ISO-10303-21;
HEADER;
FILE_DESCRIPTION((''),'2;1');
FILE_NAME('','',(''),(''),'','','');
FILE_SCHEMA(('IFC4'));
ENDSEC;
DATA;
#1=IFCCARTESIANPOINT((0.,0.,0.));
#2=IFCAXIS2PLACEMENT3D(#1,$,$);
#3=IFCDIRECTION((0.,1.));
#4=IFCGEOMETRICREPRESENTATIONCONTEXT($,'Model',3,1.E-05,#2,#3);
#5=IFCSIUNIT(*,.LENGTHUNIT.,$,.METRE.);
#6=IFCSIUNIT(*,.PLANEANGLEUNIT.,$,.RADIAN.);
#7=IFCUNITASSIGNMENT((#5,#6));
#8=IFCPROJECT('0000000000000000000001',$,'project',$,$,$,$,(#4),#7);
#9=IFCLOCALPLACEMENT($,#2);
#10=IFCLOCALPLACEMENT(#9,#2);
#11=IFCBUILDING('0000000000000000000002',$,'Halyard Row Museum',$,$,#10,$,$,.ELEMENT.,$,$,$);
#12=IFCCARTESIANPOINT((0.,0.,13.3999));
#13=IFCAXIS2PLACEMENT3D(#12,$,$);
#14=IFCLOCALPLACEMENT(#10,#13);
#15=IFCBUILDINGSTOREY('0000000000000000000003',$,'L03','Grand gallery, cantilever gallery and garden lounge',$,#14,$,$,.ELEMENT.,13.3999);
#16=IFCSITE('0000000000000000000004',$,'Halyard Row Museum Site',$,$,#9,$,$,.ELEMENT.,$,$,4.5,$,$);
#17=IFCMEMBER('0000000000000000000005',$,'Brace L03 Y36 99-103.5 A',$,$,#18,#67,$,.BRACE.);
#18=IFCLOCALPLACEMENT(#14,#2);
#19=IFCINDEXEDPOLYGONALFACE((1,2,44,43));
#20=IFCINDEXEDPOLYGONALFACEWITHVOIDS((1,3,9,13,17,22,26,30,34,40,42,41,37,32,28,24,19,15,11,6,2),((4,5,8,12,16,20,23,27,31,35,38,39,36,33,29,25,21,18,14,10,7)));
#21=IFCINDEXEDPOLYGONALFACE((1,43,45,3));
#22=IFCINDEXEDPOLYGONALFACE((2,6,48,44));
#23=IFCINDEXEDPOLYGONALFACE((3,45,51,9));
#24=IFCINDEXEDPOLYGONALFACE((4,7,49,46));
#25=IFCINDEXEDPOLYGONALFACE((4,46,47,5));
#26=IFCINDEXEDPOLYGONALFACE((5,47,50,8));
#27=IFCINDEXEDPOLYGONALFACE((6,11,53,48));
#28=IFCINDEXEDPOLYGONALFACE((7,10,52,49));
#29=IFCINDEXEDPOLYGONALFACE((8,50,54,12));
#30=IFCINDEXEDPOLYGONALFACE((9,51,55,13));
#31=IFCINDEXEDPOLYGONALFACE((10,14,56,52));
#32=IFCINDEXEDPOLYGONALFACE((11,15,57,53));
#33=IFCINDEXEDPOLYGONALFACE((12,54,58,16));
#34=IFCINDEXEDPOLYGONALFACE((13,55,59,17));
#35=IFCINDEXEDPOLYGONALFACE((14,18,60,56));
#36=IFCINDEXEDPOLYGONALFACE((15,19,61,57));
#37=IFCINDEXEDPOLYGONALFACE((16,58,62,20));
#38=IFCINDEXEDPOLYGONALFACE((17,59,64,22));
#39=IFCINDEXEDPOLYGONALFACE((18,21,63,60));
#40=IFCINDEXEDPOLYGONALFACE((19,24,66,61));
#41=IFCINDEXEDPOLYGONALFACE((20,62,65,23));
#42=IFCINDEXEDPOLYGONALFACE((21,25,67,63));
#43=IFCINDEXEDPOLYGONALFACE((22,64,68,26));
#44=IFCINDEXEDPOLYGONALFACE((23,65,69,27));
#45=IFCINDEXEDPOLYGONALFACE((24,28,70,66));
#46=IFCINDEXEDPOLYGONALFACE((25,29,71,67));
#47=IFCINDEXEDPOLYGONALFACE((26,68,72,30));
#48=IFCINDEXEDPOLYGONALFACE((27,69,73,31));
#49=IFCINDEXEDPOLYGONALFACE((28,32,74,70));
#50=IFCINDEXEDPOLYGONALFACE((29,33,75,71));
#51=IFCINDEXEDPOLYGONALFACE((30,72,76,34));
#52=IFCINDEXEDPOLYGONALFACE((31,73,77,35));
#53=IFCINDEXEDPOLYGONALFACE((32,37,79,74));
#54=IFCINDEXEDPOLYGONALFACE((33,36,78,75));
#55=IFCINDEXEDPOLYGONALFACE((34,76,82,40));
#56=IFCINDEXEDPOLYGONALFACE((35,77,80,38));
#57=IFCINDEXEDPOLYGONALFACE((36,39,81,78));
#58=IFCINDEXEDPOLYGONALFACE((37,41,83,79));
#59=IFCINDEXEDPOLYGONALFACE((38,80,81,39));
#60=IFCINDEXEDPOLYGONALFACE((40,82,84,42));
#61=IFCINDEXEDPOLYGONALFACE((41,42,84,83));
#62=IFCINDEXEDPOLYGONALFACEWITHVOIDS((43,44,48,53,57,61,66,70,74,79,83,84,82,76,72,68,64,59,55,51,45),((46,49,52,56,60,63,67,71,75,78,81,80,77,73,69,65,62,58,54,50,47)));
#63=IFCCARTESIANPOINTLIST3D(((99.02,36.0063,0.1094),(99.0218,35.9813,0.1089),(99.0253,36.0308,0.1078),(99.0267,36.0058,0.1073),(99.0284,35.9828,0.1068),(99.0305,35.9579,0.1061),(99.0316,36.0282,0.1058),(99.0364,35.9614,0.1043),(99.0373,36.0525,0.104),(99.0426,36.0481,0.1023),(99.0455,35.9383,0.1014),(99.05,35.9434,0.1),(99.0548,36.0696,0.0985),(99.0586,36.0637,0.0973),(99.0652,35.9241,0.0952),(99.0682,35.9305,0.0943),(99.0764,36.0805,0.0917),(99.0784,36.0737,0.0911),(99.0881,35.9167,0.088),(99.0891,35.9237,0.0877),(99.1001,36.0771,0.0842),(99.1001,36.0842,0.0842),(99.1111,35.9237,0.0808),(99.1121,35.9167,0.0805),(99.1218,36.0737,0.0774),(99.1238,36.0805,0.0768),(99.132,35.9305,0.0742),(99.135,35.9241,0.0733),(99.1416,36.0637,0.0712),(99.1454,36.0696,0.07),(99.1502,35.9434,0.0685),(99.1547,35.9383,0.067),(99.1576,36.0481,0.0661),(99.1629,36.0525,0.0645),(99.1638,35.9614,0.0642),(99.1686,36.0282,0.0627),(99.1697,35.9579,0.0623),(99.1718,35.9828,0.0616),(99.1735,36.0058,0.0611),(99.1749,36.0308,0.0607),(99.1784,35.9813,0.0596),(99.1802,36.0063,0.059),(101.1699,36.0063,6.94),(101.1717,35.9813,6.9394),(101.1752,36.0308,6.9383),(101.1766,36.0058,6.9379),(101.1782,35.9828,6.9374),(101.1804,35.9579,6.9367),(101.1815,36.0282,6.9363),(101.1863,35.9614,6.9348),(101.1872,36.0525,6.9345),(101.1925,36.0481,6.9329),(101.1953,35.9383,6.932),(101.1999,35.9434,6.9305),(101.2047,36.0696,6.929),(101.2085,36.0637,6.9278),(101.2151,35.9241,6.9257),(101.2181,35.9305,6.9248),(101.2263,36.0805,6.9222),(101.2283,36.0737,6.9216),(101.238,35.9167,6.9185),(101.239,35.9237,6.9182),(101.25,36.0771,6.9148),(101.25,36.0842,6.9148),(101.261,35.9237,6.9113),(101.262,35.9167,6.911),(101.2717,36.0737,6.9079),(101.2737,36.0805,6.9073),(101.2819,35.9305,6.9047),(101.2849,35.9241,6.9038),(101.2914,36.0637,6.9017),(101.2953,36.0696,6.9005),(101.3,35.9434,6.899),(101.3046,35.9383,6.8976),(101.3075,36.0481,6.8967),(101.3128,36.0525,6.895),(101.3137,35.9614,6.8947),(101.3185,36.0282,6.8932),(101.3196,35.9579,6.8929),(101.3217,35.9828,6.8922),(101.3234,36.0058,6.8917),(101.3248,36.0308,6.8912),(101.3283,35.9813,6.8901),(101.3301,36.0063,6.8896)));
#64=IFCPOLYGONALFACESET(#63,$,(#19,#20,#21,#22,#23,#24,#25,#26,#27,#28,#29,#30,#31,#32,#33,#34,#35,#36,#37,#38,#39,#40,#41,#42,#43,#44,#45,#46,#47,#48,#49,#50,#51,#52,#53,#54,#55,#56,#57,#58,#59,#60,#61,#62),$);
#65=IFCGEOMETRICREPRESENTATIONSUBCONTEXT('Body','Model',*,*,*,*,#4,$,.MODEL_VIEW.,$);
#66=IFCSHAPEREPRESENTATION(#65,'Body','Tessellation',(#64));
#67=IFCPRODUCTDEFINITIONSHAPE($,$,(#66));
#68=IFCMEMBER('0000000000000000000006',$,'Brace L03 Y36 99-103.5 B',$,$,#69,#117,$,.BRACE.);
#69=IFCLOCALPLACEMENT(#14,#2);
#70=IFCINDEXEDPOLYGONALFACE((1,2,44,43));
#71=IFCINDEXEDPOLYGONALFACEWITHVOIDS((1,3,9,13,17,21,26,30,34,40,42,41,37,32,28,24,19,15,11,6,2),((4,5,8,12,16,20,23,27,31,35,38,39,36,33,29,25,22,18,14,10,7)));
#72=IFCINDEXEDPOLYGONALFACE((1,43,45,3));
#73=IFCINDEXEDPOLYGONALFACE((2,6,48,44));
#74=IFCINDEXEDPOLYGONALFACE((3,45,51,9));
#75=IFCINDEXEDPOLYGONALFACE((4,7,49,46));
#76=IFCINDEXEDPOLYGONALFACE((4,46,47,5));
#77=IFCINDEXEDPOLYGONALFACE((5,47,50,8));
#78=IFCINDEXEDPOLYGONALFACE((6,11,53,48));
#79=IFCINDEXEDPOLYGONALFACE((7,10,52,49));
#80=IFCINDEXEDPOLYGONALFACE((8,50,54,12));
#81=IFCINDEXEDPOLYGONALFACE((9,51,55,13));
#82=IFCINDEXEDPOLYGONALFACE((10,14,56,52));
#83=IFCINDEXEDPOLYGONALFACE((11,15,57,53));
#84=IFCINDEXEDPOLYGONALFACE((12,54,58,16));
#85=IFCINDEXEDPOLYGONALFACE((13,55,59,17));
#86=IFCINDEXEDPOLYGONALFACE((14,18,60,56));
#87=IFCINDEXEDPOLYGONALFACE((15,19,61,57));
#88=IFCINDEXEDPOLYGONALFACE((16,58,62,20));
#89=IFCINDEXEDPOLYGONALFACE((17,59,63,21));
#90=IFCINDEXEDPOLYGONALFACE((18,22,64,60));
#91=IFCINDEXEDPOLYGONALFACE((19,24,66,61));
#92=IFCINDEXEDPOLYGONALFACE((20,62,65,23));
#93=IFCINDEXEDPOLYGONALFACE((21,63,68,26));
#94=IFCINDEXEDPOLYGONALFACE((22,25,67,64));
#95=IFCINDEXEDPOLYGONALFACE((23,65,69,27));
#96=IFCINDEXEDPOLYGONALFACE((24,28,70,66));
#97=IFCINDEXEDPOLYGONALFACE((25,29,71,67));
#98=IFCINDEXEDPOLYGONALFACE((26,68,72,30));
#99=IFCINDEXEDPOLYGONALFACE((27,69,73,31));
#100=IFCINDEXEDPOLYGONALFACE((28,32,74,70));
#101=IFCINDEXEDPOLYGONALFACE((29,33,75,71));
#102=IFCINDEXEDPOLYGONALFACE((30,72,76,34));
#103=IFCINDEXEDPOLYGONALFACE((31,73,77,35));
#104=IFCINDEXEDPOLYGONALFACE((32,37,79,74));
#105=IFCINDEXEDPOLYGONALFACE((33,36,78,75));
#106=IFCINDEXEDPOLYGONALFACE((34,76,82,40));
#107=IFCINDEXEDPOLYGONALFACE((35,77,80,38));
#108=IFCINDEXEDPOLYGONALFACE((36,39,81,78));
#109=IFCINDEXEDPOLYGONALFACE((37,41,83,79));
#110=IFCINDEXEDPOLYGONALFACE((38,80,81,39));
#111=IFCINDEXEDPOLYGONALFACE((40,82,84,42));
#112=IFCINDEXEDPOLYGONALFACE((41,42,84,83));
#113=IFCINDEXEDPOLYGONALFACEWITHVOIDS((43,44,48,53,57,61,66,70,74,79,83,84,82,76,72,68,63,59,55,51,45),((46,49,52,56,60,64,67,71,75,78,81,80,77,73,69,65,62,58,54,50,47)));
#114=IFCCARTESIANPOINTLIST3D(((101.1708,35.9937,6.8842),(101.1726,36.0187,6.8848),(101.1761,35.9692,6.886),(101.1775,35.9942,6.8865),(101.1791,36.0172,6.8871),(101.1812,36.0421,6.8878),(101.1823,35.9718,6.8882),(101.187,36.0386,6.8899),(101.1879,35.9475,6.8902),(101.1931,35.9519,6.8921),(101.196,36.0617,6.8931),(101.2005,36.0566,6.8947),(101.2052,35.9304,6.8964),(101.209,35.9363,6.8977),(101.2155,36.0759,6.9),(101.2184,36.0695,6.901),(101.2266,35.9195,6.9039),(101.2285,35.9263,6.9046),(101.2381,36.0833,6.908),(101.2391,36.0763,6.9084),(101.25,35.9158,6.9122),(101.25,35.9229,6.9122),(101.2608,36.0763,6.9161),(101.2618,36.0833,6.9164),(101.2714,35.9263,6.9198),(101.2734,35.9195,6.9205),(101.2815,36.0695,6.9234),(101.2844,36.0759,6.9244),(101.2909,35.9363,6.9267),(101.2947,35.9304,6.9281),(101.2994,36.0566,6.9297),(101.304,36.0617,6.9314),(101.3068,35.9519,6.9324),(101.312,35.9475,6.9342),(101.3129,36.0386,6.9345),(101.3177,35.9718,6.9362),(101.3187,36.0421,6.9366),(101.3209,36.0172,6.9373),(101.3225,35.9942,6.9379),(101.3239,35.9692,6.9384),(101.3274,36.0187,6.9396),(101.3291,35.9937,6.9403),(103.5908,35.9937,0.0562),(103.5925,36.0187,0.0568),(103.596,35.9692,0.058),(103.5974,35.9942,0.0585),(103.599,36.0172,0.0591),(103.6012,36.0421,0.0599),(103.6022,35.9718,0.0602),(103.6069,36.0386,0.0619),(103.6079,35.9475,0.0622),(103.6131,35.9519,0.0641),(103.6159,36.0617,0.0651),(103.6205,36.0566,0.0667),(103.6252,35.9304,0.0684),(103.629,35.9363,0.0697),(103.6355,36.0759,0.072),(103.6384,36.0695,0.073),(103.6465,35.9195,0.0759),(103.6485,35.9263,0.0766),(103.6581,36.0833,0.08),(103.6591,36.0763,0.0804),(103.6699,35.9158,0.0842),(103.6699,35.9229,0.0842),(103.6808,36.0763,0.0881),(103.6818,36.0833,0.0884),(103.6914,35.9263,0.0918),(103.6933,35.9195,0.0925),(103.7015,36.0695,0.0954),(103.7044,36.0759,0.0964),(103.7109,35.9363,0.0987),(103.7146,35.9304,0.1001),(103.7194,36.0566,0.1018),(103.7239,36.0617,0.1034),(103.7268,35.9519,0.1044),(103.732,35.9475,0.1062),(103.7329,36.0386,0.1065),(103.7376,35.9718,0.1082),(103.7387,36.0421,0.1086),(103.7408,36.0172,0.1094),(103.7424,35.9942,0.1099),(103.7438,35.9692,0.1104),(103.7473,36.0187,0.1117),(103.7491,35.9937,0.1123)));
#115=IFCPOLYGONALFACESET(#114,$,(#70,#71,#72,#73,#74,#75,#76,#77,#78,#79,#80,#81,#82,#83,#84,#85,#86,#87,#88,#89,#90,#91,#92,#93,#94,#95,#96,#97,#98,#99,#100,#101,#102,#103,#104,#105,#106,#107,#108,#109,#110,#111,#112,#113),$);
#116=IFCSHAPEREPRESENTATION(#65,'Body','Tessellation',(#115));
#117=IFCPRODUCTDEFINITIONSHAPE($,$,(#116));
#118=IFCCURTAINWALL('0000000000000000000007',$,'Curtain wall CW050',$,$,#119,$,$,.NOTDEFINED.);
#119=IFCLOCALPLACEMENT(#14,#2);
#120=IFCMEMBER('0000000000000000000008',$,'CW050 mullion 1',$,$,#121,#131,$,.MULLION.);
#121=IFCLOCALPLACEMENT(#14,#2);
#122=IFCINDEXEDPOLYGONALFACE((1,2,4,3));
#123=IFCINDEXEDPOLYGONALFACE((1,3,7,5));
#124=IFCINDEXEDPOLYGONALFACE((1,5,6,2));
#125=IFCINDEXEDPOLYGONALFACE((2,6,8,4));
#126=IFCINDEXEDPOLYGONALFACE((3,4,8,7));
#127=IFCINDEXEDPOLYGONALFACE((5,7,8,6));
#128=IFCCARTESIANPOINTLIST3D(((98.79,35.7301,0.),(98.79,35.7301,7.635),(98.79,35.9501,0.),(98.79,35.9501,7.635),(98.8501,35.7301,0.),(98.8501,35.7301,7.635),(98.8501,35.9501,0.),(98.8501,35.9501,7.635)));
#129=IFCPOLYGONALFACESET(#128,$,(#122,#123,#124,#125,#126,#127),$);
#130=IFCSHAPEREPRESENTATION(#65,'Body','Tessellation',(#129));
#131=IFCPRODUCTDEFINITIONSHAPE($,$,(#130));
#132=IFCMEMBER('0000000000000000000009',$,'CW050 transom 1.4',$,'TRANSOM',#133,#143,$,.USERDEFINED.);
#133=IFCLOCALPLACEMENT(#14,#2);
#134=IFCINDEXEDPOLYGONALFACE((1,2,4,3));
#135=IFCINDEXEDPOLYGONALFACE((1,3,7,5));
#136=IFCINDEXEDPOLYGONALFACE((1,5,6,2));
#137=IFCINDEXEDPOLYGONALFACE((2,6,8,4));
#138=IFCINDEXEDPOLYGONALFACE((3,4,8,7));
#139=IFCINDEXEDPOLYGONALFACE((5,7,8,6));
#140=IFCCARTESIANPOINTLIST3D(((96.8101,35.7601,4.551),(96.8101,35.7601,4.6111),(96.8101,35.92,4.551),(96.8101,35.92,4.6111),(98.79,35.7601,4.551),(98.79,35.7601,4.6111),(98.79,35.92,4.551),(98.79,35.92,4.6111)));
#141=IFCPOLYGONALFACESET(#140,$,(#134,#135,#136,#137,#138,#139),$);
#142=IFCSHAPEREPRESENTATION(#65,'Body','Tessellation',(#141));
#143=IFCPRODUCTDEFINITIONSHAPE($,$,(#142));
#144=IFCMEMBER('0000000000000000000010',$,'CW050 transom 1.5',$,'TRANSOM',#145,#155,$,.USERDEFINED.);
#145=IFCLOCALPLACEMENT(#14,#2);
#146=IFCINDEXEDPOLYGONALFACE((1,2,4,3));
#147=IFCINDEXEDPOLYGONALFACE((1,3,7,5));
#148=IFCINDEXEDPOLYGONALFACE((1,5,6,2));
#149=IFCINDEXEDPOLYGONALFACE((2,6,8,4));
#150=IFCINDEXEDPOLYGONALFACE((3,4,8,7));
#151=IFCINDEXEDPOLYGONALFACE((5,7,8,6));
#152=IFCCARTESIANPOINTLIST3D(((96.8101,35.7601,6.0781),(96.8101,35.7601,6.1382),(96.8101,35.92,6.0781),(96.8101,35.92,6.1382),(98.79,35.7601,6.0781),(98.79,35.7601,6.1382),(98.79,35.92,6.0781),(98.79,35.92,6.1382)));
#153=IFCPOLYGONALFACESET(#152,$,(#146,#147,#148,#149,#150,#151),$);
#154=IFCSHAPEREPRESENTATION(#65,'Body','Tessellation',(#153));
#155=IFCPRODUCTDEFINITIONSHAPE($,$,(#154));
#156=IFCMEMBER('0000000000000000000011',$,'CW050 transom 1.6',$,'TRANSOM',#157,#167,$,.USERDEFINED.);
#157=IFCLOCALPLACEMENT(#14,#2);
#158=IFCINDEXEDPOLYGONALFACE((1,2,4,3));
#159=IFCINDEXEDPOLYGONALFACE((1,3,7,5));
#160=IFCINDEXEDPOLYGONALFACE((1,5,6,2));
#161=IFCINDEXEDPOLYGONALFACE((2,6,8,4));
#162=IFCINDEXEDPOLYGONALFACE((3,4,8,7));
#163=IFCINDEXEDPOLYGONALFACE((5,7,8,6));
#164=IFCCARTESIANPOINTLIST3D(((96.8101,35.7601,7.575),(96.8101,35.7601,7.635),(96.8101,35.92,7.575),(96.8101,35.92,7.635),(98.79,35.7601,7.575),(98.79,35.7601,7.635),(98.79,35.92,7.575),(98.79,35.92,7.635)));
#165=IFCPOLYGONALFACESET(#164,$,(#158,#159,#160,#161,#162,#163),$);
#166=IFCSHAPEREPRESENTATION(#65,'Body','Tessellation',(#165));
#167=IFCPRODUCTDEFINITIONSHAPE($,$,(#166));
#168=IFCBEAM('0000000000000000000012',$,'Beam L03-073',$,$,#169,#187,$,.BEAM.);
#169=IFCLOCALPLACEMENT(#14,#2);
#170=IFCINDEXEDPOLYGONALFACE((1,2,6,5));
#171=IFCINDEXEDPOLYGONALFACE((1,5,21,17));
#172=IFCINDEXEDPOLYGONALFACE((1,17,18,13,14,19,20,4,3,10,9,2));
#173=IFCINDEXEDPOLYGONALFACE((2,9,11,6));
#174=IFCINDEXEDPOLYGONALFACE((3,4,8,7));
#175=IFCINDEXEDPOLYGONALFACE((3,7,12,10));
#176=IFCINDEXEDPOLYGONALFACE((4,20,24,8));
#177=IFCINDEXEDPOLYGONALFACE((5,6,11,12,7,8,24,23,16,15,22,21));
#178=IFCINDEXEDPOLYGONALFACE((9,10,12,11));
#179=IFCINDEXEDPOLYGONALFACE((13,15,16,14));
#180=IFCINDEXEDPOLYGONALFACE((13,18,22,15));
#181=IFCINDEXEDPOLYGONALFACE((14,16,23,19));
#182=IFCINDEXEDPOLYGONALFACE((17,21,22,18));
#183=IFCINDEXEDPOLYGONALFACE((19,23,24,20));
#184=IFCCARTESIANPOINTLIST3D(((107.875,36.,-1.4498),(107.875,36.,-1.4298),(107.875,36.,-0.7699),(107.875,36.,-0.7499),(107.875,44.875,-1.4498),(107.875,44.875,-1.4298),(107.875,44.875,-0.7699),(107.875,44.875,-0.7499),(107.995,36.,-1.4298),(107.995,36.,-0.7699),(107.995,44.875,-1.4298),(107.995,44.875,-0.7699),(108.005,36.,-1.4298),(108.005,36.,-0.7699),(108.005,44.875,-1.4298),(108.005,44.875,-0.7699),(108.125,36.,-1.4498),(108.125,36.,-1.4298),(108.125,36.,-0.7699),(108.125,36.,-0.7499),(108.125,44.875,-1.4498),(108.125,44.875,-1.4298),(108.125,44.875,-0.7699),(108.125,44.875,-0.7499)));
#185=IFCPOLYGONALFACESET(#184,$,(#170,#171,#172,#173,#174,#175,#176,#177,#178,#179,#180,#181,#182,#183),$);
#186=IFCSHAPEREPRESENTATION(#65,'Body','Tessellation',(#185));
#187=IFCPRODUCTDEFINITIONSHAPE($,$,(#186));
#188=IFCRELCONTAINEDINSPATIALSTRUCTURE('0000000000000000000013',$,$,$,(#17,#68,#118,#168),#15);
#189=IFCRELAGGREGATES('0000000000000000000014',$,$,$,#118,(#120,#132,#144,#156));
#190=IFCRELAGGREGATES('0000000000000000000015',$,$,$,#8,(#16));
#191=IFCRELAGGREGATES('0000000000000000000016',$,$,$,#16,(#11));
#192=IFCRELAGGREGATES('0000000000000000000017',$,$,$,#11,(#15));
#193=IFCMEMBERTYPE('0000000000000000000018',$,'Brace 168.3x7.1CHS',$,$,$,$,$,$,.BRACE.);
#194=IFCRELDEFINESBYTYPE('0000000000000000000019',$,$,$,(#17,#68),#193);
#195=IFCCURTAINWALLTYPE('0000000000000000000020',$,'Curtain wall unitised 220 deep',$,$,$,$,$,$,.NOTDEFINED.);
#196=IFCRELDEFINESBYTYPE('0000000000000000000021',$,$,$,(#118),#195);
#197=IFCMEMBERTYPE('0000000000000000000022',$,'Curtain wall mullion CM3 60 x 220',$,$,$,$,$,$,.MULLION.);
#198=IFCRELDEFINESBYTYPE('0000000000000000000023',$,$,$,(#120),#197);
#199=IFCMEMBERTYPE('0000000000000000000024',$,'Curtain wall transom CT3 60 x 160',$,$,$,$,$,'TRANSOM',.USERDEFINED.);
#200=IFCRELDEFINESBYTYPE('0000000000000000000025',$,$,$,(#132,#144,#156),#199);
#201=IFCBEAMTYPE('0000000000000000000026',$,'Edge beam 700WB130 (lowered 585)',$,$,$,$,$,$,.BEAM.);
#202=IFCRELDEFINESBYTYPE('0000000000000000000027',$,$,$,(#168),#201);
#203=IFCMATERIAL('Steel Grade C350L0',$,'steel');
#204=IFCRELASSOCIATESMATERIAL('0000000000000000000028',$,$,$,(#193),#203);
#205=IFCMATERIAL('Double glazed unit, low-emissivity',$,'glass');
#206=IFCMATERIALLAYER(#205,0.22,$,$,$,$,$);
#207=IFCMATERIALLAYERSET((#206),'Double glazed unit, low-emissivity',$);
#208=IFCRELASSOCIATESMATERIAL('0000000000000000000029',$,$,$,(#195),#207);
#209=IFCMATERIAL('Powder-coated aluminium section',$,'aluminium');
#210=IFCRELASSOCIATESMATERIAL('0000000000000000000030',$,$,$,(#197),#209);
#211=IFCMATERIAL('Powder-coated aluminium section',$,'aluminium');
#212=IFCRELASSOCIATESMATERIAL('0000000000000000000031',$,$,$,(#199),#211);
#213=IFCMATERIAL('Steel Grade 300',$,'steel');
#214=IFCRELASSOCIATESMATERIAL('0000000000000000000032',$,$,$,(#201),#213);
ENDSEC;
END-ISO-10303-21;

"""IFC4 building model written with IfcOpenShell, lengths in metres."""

from ifc_helpers import new_model, si_unit, direction, frame, origin, origin_2d, place, context, subcontext, project, spatial, rectangle, hollow_circle, i_section, extrude, material, layer, layer_set, material_profile, profile_set, type_object, element, aggregate, save


model = new_model("IFC4")

# Units and contexts
model_context = context("Model", 3, precision=1e-05, world=origin(), true_north=direction((0.0, 1.0)))
body_context = subcontext(model_context, "Body", "Model", "MODEL_VIEW")
ifc_project = project(units=[si_unit("LENGTHUNIT", "METRE"), si_unit("PLANEANGLEUNIT", "RADIAN")], contexts=[model_context])

# Site, building, storey
site_placement = place(None, origin())
site = spatial("IfcSite", under=ifc_project, at=site_placement, Name="Halyard Row Museum Site", CompositionType="ELEMENT", RefElevation=4.5)
building_placement = place(site_placement, origin())
building = spatial("IfcBuilding", under=site, at=building_placement, Name="Halyard Row Museum", CompositionType="ELEMENT")
storey_placement = place(building_placement, frame((0.0, 0.0, 13.3999)))
storey = spatial("IfcBuildingStorey", under=building, at=storey_placement, Name="L03", Description="Grand gallery, cantilever gallery and garden lounge", CompositionType="ELEMENT", Elevation=13.3999)

# Members
ifc_material_1 = material(Name="Steel Grade C350L0", Category="steel")
ifc_material_profile_1 = material_profile(ifc_material_1, hollow_circle(Radius=0.0842, WallThickness=0.0071, at=origin_2d()), Name="168.3x7.1CHS")
ifc_profile_set_1 = profile_set([ifc_material_profile_1], Name="Steel Grade C350L0")
member_type_1 = type_object("IfcMemberType", Name="Brace 168.3x7.1CHS", PredefinedType="BRACE", material=ifc_profile_set_1)
member_1_placement = place(storey_placement, frame((99.1001, 36.0, 0.0842), z_axis=(0.300227, 0.0, 0.953868), x_axis=(0.0, 1.0, 0.0)))
element("IfcMember", 1, at=member_1_placement, inside=storey, type_object=member_type_1, Name="Brace L03 Y36 99-103.5 A", PredefinedType="BRACE", context=body_context, shape_type="SweptSolid", body=[
    extrude(hollow_circle(Radius=0.0842, WallThickness=0.0071, at=origin_2d()), origin(), (0.0, 0.0, 1.0), 7.1609),
])
member_2_placement = place(storey_placement, frame((103.6699, 36.0, 0.0842), z_axis=(-0.334057, 0.0, 0.942553), x_axis=(0.0, -1.0, 0.0)))
element("IfcMember", 2, at=member_2_placement, inside=storey, type_object=member_type_1, Name="Brace L03 Y36 99-103.5 B", PredefinedType="BRACE", context=body_context, shape_type="SweptSolid", body=[
    extrude(hollow_circle(Radius=0.0842, WallThickness=0.0071, at=origin_2d()), origin(), (0.0, 0.0, 1.0), 7.2441),
])

# Curtain wall, members
ifc_material_2 = material(Name="Double glazed unit, low-emissivity", Category="glass")
ifc_layer_1 = layer(ifc_material_2, 0.22)
ifc_layer_set_1 = layer_set([ifc_layer_1], Name="Double glazed unit, low-emissivity")
curtain_wall_type = type_object("IfcCurtainWallType", Name="Curtain wall unitised 220 deep", PredefinedType="NOTDEFINED", material=ifc_layer_set_1)
curtain_wall_placement = place(storey_placement, origin())
curtain_wall = element("IfcCurtainWall", 3, at=curtain_wall_placement, inside=storey, type_object=curtain_wall_type, Name="Curtain wall CW050", PredefinedType="NOTDEFINED")
ifc_material_3 = material(Name="Powder-coated aluminium section", Category="aluminium")
ifc_material_profile_2 = material_profile(ifc_material_3, rectangle(XDim=0.22, YDim=0.0601, at=origin_2d()), Name="220x60 mullion")
ifc_profile_set_2 = profile_set([ifc_material_profile_2], Name="Powder-coated aluminium section")
member_type_2 = type_object("IfcMemberType", Name="Curtain wall mullion CM3 60 x 220", PredefinedType="MULLION", material=ifc_profile_set_2)
member_3_placement = place(storey_placement, frame((98.8201, 35.8401, 0.0), z_axis=(0.0, 0.0, 1.0), x_axis=(0.0, -1.0, 0.0)))
member_3 = element("IfcMember", 4, at=member_3_placement, type_object=member_type_2, Name="CW050 mullion 1", PredefinedType="MULLION", context=body_context, shape_type="SweptSolid", body=[
    extrude(rectangle(XDim=0.22, YDim=0.0601, at=origin_2d()), origin(), (0.0, 0.0, 1.0), 7.635),
])
ifc_material_4 = material(Name="Powder-coated aluminium section", Category="aluminium")
ifc_material_profile_3 = material_profile(ifc_material_4, rectangle(XDim=0.1599, YDim=0.0601, at=origin_2d()), Name="160x60 transom")
ifc_profile_set_3 = profile_set([ifc_material_profile_3], Name="Powder-coated aluminium section")
member_type_3 = type_object("IfcMemberType", Name="Curtain wall transom CT3 60 x 160", ElementType="TRANSOM", PredefinedType="USERDEFINED", material=ifc_profile_set_3)
member_4_placement = place(storey_placement, frame((98.79, 35.8401, 4.5811), z_axis=(-1.0, 0.0, 0.0), x_axis=(0.0, -1.0, 0.0)))
member_4 = element("IfcMember", 5, at=member_4_placement, type_object=member_type_3, Name="CW050 transom 1.4", ObjectType="TRANSOM", PredefinedType="USERDEFINED", context=body_context, shape_type="SweptSolid", body=[
    extrude(rectangle(XDim=0.1599, YDim=0.0601, at=origin_2d()), origin(), (0.0, 0.0, 1.0), 1.98),
])
member_5_placement = place(storey_placement, frame((98.79, 35.8401, 6.1082), z_axis=(-1.0, 0.0, 0.0), x_axis=(0.0, -1.0, 0.0)))
member_5 = element("IfcMember", 6, at=member_5_placement, type_object=member_type_3, Name="CW050 transom 1.5", ObjectType="TRANSOM", PredefinedType="USERDEFINED", context=body_context, shape_type="SweptSolid", body=[
    extrude(rectangle(XDim=0.1599, YDim=0.0601, at=origin_2d()), origin(), (0.0, 0.0, 1.0), 1.98),
])
member_6_placement = place(storey_placement, frame((98.79, 35.8401, 7.605), z_axis=(-1.0, 0.0, 0.0), x_axis=(0.0, -1.0, 0.0)))
member_6 = element("IfcMember", 7, at=member_6_placement, type_object=member_type_3, Name="CW050 transom 1.6", ObjectType="TRANSOM", PredefinedType="USERDEFINED", context=body_context, shape_type="SweptSolid", body=[
    extrude(rectangle(XDim=0.1599, YDim=0.0601, at=origin_2d()), origin(), (0.0, 0.0, 1.0), 1.98),
])
aggregate(curtain_wall, [member_3, member_4, member_5, member_6])

# Beam
ifc_material_5 = material(Name="Steel Grade 300", Category="steel")
ifc_material_profile_4 = material_profile(ifc_material_5, i_section(OverallWidth=0.25, OverallDepth=0.7, WebThickness=0.01, FlangeThickness=0.02, at=origin_2d()), Name="700WB130")
ifc_profile_set_4 = profile_set([ifc_material_profile_4], Name="Steel Grade 300")
beam_type_1 = type_object("IfcBeamType", Name="Edge beam 700WB130 (lowered 585)", PredefinedType="BEAM", material=ifc_profile_set_4)
beam_1_placement = place(storey_placement, frame((108.0, 36.0, -1.0999), z_axis=(0.0, 1.0, 0.0), x_axis=(-1.0, 0.0, 0.0)))
element("IfcBeam", 8, at=beam_1_placement, inside=storey, type_object=beam_type_1, Name="Beam L03-073", PredefinedType="BEAM", context=body_context, shape_type="SweptSolid", body=[
    extrude(i_section(OverallWidth=0.25, OverallDepth=0.7, WebThickness=0.01, FlangeThickness=0.02, at=origin_2d()), origin(), (0.0, 0.0, 1.0), 8.875),
])

save(model, "model.ifc")
